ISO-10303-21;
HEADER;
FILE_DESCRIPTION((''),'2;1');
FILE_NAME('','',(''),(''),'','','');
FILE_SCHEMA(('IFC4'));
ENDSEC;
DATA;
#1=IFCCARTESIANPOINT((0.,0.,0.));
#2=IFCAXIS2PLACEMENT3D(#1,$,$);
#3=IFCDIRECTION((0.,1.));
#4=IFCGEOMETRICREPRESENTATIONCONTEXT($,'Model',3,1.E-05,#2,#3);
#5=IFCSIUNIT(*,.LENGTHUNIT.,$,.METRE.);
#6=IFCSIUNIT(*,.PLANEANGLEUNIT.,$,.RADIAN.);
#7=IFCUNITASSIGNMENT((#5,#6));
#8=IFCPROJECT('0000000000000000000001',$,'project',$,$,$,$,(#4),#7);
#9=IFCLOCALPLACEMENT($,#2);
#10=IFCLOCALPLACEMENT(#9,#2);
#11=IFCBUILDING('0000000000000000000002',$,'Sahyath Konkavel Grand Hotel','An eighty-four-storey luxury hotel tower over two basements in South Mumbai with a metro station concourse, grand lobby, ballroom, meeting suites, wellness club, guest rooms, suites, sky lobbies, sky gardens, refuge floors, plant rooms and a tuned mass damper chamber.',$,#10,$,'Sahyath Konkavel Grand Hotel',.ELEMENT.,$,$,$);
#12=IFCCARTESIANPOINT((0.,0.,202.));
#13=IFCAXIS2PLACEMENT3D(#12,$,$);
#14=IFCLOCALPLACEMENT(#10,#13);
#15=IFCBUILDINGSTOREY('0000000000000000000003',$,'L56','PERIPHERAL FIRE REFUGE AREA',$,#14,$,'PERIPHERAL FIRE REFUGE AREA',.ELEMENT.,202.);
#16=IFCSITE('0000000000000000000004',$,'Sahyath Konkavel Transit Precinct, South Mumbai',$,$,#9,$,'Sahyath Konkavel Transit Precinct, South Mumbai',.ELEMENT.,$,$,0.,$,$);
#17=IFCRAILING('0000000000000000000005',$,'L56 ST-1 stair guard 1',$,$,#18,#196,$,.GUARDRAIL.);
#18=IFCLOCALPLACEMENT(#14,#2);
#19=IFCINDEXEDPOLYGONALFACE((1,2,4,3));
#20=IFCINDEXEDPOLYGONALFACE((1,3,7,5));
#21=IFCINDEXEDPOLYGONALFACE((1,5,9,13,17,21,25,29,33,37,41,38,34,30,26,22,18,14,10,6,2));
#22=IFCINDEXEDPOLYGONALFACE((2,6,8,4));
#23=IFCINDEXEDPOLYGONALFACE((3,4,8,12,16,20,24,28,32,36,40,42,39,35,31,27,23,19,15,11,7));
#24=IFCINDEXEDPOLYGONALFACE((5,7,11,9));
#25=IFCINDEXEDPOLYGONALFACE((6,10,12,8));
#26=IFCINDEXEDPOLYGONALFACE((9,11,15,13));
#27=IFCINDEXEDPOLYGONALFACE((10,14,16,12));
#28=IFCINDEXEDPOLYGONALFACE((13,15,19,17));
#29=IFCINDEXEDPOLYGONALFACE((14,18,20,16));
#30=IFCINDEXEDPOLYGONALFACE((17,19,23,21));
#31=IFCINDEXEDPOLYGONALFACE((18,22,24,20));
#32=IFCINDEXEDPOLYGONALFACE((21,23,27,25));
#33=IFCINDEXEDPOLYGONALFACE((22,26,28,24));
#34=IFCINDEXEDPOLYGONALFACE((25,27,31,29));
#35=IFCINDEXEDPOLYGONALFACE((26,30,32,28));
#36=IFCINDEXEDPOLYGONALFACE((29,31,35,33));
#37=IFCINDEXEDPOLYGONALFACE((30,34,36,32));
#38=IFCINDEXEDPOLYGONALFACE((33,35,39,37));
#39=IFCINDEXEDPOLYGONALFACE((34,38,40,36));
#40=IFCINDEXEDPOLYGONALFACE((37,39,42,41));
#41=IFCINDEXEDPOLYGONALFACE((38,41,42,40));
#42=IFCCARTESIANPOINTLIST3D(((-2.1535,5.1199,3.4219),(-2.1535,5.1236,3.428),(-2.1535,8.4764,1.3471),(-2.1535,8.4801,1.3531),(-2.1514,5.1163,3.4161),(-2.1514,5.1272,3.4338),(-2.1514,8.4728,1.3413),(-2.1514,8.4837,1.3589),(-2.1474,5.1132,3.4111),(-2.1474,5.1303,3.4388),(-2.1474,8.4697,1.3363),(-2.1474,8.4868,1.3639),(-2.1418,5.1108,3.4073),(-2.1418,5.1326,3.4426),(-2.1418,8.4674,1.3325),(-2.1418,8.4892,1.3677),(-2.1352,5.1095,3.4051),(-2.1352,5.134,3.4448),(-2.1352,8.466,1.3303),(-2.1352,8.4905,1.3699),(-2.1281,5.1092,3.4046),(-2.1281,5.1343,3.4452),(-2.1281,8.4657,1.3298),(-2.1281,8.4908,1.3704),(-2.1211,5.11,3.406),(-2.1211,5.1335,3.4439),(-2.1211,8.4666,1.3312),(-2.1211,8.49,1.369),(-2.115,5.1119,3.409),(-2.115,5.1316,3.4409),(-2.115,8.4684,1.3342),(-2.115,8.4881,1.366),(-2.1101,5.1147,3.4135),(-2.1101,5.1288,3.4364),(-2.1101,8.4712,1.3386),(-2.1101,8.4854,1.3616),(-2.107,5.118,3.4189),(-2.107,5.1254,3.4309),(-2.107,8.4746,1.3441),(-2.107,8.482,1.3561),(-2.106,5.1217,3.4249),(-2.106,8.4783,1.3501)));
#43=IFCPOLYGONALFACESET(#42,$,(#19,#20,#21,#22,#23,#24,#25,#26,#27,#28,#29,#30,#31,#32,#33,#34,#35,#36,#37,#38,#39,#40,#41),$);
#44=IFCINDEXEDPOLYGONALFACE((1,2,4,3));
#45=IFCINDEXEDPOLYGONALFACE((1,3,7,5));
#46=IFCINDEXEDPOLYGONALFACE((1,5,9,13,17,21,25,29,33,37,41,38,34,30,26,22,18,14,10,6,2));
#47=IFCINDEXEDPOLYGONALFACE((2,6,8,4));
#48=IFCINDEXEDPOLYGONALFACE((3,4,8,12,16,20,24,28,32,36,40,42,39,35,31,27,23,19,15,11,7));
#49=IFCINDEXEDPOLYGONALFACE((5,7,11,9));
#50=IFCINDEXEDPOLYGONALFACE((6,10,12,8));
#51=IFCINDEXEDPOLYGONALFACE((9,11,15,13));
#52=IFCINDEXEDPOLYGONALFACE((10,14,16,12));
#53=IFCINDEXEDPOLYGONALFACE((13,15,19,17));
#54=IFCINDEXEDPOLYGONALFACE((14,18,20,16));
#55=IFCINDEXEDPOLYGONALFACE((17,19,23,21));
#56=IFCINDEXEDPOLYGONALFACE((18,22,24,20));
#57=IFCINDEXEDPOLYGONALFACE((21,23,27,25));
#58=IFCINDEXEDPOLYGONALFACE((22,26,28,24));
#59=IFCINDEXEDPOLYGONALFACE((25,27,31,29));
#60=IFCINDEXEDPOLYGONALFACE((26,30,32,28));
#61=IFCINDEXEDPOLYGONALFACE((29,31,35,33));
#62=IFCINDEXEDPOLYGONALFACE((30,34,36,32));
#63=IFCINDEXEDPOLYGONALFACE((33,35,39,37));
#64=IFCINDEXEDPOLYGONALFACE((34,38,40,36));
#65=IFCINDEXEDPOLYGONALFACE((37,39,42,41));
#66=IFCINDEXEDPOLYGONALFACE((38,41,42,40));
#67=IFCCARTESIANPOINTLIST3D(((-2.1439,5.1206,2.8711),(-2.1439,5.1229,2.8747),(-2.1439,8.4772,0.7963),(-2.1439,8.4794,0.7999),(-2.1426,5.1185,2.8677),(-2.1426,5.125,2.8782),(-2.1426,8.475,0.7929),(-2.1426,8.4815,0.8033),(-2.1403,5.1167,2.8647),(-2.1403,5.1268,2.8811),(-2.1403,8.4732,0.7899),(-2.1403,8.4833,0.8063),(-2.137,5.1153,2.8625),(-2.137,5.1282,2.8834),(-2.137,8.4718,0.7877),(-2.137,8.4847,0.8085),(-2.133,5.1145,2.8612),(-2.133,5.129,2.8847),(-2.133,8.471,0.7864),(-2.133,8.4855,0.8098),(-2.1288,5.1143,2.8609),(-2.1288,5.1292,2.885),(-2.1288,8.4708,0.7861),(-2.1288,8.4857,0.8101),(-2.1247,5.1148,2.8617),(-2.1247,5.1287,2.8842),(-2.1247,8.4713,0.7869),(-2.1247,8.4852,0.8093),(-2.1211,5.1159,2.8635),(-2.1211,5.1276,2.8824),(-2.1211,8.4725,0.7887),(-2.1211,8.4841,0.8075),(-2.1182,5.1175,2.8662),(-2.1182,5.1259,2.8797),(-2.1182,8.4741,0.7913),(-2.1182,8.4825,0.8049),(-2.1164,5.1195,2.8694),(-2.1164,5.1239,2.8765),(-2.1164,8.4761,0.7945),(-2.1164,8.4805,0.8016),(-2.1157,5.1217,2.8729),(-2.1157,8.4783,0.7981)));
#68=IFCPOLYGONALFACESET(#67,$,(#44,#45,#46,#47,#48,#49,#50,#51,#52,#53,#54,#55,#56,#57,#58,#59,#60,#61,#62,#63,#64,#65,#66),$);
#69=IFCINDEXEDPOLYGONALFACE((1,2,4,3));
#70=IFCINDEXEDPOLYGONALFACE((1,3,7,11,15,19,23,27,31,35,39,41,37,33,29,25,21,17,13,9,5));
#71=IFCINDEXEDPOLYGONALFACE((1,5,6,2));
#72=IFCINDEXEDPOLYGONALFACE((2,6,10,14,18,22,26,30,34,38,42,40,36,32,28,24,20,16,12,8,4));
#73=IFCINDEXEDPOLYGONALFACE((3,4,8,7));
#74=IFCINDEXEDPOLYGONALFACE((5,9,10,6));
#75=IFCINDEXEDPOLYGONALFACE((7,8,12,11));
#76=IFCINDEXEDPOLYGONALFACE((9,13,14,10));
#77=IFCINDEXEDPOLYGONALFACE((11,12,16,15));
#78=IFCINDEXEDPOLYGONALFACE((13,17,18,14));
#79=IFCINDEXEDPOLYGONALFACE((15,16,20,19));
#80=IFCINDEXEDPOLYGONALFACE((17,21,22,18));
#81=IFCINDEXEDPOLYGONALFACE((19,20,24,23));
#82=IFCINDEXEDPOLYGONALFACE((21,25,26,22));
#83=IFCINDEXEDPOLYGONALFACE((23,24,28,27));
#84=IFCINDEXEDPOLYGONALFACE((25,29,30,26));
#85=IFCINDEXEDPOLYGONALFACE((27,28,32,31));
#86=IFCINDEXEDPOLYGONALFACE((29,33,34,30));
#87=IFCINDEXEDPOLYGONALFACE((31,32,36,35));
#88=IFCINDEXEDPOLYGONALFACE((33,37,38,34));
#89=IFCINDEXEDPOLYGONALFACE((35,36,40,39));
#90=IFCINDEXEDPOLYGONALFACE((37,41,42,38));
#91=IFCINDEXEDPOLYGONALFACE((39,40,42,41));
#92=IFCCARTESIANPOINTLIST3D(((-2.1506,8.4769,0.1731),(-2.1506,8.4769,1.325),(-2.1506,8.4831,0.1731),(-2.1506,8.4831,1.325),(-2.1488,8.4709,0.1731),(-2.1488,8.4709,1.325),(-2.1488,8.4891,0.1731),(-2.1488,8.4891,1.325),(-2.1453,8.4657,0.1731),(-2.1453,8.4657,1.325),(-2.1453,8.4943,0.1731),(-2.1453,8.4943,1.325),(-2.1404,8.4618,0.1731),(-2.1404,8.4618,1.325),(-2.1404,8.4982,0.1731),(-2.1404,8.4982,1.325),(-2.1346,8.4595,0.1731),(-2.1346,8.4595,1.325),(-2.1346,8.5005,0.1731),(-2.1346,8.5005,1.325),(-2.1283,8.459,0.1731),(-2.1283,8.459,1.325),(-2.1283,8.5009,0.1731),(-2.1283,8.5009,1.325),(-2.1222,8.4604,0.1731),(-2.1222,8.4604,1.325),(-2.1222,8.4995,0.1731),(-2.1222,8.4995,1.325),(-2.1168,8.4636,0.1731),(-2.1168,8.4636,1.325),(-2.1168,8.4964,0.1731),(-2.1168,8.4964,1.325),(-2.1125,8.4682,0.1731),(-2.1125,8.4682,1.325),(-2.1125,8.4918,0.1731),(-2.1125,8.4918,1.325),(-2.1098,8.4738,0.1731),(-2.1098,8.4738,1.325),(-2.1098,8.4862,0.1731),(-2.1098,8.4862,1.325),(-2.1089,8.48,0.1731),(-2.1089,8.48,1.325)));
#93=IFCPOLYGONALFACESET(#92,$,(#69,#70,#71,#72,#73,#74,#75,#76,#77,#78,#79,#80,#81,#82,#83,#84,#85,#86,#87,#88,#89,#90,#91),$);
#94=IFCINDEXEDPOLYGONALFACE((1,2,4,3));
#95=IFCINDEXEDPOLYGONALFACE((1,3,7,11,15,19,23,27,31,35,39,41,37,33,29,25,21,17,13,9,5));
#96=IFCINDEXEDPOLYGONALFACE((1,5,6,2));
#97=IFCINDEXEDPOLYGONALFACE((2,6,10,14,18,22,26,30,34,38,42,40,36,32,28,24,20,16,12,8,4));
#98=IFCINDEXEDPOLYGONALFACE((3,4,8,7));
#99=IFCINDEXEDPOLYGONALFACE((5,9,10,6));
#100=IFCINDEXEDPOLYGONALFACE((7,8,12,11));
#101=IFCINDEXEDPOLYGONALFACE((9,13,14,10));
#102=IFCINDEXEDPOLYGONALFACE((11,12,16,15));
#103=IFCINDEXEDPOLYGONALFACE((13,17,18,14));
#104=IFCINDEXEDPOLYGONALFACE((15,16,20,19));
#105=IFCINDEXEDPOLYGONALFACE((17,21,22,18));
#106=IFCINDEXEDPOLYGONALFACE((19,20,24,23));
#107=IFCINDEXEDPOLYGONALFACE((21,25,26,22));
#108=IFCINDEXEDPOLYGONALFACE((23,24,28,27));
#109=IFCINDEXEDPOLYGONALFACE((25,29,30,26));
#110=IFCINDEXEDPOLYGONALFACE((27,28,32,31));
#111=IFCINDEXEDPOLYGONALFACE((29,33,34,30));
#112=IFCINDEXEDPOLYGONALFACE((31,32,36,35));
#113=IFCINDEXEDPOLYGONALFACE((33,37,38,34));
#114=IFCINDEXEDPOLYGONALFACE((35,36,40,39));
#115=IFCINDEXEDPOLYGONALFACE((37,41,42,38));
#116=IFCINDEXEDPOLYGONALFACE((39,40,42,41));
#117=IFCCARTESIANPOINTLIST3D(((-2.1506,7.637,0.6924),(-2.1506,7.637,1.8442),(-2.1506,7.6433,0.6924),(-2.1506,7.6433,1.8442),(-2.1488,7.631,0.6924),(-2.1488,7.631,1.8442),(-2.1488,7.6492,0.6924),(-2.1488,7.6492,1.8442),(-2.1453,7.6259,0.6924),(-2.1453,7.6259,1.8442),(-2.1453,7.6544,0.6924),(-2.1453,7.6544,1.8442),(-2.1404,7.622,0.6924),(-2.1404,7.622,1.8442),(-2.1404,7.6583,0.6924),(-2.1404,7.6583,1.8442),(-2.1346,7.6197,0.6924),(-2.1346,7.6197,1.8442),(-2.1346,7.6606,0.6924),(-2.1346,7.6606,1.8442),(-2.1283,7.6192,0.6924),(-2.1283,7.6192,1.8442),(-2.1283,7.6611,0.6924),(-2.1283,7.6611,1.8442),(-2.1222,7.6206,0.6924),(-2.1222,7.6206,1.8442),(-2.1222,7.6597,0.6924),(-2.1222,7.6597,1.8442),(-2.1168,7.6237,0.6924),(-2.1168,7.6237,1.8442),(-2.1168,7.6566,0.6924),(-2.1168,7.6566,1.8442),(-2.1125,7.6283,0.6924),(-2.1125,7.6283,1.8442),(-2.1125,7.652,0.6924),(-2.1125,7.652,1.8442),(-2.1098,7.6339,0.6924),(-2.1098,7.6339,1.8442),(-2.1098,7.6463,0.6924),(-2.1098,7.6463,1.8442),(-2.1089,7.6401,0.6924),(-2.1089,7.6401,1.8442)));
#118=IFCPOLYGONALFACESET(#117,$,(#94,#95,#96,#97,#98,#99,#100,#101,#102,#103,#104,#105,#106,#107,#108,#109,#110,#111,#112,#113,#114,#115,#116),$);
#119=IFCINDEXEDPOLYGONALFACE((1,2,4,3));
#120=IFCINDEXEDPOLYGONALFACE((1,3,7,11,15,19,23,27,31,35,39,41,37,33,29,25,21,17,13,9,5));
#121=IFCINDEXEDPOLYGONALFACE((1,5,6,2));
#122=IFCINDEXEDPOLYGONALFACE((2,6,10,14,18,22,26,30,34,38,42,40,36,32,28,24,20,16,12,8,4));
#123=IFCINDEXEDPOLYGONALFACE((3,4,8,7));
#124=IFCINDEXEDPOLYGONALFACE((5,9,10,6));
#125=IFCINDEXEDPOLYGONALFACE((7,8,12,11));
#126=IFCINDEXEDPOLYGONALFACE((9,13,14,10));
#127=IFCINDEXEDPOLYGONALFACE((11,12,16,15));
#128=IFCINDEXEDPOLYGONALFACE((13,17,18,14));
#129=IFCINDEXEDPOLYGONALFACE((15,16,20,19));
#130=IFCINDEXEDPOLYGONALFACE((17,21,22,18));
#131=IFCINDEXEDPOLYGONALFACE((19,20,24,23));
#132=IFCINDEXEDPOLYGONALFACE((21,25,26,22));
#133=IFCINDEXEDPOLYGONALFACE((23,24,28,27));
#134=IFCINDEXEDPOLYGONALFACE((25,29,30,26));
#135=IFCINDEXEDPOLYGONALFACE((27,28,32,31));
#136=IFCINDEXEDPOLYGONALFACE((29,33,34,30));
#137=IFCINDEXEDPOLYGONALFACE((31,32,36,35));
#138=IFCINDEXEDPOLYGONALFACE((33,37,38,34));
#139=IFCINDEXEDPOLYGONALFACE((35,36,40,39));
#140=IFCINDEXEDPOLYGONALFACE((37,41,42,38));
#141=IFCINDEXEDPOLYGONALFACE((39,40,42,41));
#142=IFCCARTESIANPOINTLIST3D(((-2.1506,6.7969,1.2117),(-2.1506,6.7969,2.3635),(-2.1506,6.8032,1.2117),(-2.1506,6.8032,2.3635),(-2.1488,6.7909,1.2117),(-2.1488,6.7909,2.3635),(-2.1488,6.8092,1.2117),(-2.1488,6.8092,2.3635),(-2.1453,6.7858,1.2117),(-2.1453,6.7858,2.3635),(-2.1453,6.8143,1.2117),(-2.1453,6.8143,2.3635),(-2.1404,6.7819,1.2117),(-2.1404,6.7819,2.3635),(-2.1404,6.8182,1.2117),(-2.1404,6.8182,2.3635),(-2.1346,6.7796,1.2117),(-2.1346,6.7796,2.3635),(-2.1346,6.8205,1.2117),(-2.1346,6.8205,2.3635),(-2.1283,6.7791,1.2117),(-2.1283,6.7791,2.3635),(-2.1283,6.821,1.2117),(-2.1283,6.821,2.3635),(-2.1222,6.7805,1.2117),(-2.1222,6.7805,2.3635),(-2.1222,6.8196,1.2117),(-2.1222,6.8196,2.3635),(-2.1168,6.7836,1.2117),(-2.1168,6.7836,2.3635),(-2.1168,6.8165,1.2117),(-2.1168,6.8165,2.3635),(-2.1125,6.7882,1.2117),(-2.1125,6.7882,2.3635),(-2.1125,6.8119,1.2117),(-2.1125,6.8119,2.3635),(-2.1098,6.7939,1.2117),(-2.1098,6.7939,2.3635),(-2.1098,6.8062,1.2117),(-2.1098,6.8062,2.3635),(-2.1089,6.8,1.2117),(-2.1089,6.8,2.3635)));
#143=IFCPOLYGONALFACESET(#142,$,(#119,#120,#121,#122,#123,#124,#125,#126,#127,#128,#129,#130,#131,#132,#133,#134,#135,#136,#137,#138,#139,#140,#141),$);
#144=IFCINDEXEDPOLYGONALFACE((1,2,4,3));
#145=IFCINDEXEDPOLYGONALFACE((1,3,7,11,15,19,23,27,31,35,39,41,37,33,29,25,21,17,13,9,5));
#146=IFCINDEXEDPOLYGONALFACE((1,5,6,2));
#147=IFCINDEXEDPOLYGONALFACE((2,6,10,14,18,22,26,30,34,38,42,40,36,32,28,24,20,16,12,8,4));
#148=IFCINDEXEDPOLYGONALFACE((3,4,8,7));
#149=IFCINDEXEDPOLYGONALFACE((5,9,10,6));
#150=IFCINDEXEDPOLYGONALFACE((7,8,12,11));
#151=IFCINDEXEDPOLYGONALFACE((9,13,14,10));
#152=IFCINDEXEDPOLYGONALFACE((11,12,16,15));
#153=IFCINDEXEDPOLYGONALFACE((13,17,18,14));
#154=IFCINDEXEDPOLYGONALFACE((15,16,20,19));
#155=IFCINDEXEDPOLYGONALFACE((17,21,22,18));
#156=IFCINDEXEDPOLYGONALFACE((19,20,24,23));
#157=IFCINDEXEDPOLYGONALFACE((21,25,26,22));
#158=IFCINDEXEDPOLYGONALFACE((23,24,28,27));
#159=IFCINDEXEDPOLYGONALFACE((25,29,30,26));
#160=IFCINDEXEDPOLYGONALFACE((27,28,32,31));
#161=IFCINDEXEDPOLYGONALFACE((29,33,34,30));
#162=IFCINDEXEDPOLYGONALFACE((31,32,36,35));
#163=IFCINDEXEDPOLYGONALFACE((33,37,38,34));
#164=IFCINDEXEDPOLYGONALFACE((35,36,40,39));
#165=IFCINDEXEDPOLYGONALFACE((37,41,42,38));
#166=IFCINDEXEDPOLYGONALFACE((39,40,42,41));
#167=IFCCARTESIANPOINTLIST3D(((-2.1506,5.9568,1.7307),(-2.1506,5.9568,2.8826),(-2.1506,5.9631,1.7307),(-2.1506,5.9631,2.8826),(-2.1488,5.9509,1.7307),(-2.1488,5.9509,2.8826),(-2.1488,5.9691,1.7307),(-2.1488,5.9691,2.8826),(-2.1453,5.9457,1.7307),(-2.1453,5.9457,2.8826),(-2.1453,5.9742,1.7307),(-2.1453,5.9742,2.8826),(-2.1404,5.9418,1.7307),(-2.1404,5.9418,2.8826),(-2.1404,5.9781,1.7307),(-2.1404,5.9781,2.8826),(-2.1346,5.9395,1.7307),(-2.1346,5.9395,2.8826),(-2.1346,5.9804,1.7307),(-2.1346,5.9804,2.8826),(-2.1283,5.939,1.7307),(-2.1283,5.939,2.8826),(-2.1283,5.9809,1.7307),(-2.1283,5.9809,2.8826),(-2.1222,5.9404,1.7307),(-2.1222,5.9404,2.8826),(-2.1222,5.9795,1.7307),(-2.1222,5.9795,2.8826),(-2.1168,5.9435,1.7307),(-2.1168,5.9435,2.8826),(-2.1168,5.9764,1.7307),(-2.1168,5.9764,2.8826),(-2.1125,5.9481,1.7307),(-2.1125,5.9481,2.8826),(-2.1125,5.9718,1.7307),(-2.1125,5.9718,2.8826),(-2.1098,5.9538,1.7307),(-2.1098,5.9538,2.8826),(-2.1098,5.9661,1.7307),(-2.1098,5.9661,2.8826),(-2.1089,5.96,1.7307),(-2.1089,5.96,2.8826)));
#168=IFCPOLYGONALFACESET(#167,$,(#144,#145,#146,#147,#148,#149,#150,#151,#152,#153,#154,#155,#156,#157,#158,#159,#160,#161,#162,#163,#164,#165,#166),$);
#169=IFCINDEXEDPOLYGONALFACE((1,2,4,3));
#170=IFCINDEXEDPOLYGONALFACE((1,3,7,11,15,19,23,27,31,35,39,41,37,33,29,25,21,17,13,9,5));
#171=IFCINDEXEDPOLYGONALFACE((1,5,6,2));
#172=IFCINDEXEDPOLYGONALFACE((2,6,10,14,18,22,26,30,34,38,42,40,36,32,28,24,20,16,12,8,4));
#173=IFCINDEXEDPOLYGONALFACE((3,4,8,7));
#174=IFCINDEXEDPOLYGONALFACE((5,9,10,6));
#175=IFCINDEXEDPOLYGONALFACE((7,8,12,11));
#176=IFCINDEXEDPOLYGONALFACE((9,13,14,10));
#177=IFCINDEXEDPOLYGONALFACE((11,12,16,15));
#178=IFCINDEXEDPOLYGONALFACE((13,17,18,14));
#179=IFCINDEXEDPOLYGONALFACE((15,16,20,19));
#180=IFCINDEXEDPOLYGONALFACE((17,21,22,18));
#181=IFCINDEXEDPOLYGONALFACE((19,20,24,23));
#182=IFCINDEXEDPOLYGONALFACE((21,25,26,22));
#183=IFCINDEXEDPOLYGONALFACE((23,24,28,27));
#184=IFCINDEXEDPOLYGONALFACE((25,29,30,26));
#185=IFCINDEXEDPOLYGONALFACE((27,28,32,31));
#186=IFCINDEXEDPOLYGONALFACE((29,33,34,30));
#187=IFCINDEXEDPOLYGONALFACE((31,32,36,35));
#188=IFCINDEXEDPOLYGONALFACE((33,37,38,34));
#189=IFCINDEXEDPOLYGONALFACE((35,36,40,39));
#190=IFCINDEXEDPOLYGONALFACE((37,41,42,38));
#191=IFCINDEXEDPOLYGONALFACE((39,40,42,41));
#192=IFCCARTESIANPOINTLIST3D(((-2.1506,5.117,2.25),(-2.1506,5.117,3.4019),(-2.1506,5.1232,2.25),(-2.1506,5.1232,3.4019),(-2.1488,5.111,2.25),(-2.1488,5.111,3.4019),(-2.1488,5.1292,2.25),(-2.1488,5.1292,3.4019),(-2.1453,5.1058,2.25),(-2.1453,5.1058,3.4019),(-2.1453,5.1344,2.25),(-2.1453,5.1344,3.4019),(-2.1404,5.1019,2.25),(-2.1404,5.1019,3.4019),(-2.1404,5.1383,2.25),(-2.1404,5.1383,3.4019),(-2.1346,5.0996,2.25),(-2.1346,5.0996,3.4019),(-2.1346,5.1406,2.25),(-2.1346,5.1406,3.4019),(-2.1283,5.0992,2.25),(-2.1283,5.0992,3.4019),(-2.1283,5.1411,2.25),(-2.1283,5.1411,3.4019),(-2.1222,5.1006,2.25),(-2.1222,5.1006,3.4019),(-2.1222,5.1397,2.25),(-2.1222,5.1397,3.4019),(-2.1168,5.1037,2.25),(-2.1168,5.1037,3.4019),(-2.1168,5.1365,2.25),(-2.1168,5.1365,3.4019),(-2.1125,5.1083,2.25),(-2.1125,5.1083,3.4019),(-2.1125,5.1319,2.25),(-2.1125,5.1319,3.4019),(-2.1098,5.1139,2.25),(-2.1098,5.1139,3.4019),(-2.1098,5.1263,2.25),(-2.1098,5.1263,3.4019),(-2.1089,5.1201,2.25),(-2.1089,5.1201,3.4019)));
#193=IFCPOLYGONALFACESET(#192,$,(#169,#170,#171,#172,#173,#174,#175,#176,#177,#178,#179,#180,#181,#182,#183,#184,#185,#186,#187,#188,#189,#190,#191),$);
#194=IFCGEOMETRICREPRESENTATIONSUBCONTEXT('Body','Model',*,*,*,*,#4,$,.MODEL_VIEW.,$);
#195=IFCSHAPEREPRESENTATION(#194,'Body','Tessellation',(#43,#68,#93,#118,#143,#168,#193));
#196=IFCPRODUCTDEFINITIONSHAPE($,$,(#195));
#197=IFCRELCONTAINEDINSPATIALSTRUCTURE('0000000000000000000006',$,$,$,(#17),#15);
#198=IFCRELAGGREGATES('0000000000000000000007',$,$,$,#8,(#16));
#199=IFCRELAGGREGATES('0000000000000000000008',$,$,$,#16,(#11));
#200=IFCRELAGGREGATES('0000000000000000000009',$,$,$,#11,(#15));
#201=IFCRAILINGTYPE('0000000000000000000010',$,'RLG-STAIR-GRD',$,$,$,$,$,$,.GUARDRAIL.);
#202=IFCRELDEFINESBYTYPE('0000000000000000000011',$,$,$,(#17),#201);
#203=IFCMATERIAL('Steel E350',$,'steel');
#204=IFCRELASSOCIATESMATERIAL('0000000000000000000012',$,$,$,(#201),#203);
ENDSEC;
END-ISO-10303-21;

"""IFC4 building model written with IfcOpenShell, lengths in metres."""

from ifc_helpers import new_model, si_unit, direction, frame, origin, origin_2d, place, context, subcontext, project, spatial, circle, extrude, material, type_object, element, save


model = new_model("IFC4")

# Units and contexts
model_context = context("Model", 3, precision=1e-05, world=origin(), true_north=direction((0.0, 1.0)))
body_context = subcontext(model_context, "Body", "Model", "MODEL_VIEW")
ifc_project = project(units=[si_unit("LENGTHUNIT", "METRE"), si_unit("PLANEANGLEUNIT", "RADIAN")], contexts=[model_context])

# Site, building, storey
site_placement = place(None, origin())
site = spatial("IfcSite", under=ifc_project, at=site_placement, Name="Sahyath Konkavel Transit Precinct, South Mumbai", LongName="Sahyath Konkavel Transit Precinct, South Mumbai", CompositionType="ELEMENT", RefElevation=0.0)
building_placement = place(site_placement, origin())
building = spatial("IfcBuilding", under=site, at=building_placement, Name="Sahyath Konkavel Grand Hotel", Description="An eighty-four-storey luxury hotel tower over two basements in South Mumbai with a metro station concourse, grand lobby, ballroom, meeting suites, wellness club, guest rooms, suites, sky lobbies, sky gardens, refuge floors, plant rooms and a tuned mass damper chamber.", LongName="Sahyath Konkavel Grand Hotel", CompositionType="ELEMENT")
storey_placement = place(building_placement, frame((0.0, 0.0, 202.0)))
storey = spatial("IfcBuildingStorey", under=building, at=storey_placement, Name="L56", Description="PERIPHERAL FIRE REFUGE AREA", LongName="PERIPHERAL FIRE REFUGE AREA", CompositionType="ELEMENT", Elevation=202.0)

# Railing
ifc_material_1 = material(Name="Steel E350", Category="steel")
railing_type = type_object("IfcRailingType", Name="RLG-STAIR-GRD", PredefinedType="GUARDRAIL", material=ifc_material_1)
railing_1_placement = place(storey_placement, frame((-2.1299, 8.48, 0.1731)))
element("IfcRailing", 1, at=railing_1_placement, inside=storey, type_object=railing_type, Name="L56 ST-1 stair guard 1", PredefinedType="GUARDRAIL", context=body_context, shape_type="SweptSolid", body=[
    extrude(circle(Radius=0.0239, at=origin_2d()), frame((0.0, -0.0017, 1.177), z_axis=(0.0, -0.850606, 0.525803), x_axis=(1.0, 0.0, 0.0)), (0.0, 0.0, 1.0), 3.946),
    extrude(circle(Radius=0.0142, at=origin_2d()), frame((0.0, -0.0017, 0.625), z_axis=(0.0, -0.850606, 0.525803), x_axis=(1.0, 0.0, 0.0)), (0.0, 0.0, 1.0), 3.946),
    extrude(circle(Radius=0.021, at=origin_2d()), origin(), (0.0, 0.0, 1.0), 1.1519),
    extrude(circle(Radius=0.021, at=origin_2d()), frame((0.0, -0.8398, 0.5193)), (0.0, 0.0, 1.0), 1.1519),
    extrude(circle(Radius=0.021, at=origin_2d()), frame((0.0, -1.6799, 1.0386)), (0.0, 0.0, 1.0), 1.1519),
    extrude(circle(Radius=0.021, at=origin_2d()), frame((0.0, -2.52, 1.5576)), (0.0, 0.0, 1.0), 1.1519),
    extrude(circle(Radius=0.021, at=origin_2d()), frame((0.0, -3.3599, 2.0769)), (0.0, 0.0, 1.0), 1.1519),
])

save(model, "model.ifc")
